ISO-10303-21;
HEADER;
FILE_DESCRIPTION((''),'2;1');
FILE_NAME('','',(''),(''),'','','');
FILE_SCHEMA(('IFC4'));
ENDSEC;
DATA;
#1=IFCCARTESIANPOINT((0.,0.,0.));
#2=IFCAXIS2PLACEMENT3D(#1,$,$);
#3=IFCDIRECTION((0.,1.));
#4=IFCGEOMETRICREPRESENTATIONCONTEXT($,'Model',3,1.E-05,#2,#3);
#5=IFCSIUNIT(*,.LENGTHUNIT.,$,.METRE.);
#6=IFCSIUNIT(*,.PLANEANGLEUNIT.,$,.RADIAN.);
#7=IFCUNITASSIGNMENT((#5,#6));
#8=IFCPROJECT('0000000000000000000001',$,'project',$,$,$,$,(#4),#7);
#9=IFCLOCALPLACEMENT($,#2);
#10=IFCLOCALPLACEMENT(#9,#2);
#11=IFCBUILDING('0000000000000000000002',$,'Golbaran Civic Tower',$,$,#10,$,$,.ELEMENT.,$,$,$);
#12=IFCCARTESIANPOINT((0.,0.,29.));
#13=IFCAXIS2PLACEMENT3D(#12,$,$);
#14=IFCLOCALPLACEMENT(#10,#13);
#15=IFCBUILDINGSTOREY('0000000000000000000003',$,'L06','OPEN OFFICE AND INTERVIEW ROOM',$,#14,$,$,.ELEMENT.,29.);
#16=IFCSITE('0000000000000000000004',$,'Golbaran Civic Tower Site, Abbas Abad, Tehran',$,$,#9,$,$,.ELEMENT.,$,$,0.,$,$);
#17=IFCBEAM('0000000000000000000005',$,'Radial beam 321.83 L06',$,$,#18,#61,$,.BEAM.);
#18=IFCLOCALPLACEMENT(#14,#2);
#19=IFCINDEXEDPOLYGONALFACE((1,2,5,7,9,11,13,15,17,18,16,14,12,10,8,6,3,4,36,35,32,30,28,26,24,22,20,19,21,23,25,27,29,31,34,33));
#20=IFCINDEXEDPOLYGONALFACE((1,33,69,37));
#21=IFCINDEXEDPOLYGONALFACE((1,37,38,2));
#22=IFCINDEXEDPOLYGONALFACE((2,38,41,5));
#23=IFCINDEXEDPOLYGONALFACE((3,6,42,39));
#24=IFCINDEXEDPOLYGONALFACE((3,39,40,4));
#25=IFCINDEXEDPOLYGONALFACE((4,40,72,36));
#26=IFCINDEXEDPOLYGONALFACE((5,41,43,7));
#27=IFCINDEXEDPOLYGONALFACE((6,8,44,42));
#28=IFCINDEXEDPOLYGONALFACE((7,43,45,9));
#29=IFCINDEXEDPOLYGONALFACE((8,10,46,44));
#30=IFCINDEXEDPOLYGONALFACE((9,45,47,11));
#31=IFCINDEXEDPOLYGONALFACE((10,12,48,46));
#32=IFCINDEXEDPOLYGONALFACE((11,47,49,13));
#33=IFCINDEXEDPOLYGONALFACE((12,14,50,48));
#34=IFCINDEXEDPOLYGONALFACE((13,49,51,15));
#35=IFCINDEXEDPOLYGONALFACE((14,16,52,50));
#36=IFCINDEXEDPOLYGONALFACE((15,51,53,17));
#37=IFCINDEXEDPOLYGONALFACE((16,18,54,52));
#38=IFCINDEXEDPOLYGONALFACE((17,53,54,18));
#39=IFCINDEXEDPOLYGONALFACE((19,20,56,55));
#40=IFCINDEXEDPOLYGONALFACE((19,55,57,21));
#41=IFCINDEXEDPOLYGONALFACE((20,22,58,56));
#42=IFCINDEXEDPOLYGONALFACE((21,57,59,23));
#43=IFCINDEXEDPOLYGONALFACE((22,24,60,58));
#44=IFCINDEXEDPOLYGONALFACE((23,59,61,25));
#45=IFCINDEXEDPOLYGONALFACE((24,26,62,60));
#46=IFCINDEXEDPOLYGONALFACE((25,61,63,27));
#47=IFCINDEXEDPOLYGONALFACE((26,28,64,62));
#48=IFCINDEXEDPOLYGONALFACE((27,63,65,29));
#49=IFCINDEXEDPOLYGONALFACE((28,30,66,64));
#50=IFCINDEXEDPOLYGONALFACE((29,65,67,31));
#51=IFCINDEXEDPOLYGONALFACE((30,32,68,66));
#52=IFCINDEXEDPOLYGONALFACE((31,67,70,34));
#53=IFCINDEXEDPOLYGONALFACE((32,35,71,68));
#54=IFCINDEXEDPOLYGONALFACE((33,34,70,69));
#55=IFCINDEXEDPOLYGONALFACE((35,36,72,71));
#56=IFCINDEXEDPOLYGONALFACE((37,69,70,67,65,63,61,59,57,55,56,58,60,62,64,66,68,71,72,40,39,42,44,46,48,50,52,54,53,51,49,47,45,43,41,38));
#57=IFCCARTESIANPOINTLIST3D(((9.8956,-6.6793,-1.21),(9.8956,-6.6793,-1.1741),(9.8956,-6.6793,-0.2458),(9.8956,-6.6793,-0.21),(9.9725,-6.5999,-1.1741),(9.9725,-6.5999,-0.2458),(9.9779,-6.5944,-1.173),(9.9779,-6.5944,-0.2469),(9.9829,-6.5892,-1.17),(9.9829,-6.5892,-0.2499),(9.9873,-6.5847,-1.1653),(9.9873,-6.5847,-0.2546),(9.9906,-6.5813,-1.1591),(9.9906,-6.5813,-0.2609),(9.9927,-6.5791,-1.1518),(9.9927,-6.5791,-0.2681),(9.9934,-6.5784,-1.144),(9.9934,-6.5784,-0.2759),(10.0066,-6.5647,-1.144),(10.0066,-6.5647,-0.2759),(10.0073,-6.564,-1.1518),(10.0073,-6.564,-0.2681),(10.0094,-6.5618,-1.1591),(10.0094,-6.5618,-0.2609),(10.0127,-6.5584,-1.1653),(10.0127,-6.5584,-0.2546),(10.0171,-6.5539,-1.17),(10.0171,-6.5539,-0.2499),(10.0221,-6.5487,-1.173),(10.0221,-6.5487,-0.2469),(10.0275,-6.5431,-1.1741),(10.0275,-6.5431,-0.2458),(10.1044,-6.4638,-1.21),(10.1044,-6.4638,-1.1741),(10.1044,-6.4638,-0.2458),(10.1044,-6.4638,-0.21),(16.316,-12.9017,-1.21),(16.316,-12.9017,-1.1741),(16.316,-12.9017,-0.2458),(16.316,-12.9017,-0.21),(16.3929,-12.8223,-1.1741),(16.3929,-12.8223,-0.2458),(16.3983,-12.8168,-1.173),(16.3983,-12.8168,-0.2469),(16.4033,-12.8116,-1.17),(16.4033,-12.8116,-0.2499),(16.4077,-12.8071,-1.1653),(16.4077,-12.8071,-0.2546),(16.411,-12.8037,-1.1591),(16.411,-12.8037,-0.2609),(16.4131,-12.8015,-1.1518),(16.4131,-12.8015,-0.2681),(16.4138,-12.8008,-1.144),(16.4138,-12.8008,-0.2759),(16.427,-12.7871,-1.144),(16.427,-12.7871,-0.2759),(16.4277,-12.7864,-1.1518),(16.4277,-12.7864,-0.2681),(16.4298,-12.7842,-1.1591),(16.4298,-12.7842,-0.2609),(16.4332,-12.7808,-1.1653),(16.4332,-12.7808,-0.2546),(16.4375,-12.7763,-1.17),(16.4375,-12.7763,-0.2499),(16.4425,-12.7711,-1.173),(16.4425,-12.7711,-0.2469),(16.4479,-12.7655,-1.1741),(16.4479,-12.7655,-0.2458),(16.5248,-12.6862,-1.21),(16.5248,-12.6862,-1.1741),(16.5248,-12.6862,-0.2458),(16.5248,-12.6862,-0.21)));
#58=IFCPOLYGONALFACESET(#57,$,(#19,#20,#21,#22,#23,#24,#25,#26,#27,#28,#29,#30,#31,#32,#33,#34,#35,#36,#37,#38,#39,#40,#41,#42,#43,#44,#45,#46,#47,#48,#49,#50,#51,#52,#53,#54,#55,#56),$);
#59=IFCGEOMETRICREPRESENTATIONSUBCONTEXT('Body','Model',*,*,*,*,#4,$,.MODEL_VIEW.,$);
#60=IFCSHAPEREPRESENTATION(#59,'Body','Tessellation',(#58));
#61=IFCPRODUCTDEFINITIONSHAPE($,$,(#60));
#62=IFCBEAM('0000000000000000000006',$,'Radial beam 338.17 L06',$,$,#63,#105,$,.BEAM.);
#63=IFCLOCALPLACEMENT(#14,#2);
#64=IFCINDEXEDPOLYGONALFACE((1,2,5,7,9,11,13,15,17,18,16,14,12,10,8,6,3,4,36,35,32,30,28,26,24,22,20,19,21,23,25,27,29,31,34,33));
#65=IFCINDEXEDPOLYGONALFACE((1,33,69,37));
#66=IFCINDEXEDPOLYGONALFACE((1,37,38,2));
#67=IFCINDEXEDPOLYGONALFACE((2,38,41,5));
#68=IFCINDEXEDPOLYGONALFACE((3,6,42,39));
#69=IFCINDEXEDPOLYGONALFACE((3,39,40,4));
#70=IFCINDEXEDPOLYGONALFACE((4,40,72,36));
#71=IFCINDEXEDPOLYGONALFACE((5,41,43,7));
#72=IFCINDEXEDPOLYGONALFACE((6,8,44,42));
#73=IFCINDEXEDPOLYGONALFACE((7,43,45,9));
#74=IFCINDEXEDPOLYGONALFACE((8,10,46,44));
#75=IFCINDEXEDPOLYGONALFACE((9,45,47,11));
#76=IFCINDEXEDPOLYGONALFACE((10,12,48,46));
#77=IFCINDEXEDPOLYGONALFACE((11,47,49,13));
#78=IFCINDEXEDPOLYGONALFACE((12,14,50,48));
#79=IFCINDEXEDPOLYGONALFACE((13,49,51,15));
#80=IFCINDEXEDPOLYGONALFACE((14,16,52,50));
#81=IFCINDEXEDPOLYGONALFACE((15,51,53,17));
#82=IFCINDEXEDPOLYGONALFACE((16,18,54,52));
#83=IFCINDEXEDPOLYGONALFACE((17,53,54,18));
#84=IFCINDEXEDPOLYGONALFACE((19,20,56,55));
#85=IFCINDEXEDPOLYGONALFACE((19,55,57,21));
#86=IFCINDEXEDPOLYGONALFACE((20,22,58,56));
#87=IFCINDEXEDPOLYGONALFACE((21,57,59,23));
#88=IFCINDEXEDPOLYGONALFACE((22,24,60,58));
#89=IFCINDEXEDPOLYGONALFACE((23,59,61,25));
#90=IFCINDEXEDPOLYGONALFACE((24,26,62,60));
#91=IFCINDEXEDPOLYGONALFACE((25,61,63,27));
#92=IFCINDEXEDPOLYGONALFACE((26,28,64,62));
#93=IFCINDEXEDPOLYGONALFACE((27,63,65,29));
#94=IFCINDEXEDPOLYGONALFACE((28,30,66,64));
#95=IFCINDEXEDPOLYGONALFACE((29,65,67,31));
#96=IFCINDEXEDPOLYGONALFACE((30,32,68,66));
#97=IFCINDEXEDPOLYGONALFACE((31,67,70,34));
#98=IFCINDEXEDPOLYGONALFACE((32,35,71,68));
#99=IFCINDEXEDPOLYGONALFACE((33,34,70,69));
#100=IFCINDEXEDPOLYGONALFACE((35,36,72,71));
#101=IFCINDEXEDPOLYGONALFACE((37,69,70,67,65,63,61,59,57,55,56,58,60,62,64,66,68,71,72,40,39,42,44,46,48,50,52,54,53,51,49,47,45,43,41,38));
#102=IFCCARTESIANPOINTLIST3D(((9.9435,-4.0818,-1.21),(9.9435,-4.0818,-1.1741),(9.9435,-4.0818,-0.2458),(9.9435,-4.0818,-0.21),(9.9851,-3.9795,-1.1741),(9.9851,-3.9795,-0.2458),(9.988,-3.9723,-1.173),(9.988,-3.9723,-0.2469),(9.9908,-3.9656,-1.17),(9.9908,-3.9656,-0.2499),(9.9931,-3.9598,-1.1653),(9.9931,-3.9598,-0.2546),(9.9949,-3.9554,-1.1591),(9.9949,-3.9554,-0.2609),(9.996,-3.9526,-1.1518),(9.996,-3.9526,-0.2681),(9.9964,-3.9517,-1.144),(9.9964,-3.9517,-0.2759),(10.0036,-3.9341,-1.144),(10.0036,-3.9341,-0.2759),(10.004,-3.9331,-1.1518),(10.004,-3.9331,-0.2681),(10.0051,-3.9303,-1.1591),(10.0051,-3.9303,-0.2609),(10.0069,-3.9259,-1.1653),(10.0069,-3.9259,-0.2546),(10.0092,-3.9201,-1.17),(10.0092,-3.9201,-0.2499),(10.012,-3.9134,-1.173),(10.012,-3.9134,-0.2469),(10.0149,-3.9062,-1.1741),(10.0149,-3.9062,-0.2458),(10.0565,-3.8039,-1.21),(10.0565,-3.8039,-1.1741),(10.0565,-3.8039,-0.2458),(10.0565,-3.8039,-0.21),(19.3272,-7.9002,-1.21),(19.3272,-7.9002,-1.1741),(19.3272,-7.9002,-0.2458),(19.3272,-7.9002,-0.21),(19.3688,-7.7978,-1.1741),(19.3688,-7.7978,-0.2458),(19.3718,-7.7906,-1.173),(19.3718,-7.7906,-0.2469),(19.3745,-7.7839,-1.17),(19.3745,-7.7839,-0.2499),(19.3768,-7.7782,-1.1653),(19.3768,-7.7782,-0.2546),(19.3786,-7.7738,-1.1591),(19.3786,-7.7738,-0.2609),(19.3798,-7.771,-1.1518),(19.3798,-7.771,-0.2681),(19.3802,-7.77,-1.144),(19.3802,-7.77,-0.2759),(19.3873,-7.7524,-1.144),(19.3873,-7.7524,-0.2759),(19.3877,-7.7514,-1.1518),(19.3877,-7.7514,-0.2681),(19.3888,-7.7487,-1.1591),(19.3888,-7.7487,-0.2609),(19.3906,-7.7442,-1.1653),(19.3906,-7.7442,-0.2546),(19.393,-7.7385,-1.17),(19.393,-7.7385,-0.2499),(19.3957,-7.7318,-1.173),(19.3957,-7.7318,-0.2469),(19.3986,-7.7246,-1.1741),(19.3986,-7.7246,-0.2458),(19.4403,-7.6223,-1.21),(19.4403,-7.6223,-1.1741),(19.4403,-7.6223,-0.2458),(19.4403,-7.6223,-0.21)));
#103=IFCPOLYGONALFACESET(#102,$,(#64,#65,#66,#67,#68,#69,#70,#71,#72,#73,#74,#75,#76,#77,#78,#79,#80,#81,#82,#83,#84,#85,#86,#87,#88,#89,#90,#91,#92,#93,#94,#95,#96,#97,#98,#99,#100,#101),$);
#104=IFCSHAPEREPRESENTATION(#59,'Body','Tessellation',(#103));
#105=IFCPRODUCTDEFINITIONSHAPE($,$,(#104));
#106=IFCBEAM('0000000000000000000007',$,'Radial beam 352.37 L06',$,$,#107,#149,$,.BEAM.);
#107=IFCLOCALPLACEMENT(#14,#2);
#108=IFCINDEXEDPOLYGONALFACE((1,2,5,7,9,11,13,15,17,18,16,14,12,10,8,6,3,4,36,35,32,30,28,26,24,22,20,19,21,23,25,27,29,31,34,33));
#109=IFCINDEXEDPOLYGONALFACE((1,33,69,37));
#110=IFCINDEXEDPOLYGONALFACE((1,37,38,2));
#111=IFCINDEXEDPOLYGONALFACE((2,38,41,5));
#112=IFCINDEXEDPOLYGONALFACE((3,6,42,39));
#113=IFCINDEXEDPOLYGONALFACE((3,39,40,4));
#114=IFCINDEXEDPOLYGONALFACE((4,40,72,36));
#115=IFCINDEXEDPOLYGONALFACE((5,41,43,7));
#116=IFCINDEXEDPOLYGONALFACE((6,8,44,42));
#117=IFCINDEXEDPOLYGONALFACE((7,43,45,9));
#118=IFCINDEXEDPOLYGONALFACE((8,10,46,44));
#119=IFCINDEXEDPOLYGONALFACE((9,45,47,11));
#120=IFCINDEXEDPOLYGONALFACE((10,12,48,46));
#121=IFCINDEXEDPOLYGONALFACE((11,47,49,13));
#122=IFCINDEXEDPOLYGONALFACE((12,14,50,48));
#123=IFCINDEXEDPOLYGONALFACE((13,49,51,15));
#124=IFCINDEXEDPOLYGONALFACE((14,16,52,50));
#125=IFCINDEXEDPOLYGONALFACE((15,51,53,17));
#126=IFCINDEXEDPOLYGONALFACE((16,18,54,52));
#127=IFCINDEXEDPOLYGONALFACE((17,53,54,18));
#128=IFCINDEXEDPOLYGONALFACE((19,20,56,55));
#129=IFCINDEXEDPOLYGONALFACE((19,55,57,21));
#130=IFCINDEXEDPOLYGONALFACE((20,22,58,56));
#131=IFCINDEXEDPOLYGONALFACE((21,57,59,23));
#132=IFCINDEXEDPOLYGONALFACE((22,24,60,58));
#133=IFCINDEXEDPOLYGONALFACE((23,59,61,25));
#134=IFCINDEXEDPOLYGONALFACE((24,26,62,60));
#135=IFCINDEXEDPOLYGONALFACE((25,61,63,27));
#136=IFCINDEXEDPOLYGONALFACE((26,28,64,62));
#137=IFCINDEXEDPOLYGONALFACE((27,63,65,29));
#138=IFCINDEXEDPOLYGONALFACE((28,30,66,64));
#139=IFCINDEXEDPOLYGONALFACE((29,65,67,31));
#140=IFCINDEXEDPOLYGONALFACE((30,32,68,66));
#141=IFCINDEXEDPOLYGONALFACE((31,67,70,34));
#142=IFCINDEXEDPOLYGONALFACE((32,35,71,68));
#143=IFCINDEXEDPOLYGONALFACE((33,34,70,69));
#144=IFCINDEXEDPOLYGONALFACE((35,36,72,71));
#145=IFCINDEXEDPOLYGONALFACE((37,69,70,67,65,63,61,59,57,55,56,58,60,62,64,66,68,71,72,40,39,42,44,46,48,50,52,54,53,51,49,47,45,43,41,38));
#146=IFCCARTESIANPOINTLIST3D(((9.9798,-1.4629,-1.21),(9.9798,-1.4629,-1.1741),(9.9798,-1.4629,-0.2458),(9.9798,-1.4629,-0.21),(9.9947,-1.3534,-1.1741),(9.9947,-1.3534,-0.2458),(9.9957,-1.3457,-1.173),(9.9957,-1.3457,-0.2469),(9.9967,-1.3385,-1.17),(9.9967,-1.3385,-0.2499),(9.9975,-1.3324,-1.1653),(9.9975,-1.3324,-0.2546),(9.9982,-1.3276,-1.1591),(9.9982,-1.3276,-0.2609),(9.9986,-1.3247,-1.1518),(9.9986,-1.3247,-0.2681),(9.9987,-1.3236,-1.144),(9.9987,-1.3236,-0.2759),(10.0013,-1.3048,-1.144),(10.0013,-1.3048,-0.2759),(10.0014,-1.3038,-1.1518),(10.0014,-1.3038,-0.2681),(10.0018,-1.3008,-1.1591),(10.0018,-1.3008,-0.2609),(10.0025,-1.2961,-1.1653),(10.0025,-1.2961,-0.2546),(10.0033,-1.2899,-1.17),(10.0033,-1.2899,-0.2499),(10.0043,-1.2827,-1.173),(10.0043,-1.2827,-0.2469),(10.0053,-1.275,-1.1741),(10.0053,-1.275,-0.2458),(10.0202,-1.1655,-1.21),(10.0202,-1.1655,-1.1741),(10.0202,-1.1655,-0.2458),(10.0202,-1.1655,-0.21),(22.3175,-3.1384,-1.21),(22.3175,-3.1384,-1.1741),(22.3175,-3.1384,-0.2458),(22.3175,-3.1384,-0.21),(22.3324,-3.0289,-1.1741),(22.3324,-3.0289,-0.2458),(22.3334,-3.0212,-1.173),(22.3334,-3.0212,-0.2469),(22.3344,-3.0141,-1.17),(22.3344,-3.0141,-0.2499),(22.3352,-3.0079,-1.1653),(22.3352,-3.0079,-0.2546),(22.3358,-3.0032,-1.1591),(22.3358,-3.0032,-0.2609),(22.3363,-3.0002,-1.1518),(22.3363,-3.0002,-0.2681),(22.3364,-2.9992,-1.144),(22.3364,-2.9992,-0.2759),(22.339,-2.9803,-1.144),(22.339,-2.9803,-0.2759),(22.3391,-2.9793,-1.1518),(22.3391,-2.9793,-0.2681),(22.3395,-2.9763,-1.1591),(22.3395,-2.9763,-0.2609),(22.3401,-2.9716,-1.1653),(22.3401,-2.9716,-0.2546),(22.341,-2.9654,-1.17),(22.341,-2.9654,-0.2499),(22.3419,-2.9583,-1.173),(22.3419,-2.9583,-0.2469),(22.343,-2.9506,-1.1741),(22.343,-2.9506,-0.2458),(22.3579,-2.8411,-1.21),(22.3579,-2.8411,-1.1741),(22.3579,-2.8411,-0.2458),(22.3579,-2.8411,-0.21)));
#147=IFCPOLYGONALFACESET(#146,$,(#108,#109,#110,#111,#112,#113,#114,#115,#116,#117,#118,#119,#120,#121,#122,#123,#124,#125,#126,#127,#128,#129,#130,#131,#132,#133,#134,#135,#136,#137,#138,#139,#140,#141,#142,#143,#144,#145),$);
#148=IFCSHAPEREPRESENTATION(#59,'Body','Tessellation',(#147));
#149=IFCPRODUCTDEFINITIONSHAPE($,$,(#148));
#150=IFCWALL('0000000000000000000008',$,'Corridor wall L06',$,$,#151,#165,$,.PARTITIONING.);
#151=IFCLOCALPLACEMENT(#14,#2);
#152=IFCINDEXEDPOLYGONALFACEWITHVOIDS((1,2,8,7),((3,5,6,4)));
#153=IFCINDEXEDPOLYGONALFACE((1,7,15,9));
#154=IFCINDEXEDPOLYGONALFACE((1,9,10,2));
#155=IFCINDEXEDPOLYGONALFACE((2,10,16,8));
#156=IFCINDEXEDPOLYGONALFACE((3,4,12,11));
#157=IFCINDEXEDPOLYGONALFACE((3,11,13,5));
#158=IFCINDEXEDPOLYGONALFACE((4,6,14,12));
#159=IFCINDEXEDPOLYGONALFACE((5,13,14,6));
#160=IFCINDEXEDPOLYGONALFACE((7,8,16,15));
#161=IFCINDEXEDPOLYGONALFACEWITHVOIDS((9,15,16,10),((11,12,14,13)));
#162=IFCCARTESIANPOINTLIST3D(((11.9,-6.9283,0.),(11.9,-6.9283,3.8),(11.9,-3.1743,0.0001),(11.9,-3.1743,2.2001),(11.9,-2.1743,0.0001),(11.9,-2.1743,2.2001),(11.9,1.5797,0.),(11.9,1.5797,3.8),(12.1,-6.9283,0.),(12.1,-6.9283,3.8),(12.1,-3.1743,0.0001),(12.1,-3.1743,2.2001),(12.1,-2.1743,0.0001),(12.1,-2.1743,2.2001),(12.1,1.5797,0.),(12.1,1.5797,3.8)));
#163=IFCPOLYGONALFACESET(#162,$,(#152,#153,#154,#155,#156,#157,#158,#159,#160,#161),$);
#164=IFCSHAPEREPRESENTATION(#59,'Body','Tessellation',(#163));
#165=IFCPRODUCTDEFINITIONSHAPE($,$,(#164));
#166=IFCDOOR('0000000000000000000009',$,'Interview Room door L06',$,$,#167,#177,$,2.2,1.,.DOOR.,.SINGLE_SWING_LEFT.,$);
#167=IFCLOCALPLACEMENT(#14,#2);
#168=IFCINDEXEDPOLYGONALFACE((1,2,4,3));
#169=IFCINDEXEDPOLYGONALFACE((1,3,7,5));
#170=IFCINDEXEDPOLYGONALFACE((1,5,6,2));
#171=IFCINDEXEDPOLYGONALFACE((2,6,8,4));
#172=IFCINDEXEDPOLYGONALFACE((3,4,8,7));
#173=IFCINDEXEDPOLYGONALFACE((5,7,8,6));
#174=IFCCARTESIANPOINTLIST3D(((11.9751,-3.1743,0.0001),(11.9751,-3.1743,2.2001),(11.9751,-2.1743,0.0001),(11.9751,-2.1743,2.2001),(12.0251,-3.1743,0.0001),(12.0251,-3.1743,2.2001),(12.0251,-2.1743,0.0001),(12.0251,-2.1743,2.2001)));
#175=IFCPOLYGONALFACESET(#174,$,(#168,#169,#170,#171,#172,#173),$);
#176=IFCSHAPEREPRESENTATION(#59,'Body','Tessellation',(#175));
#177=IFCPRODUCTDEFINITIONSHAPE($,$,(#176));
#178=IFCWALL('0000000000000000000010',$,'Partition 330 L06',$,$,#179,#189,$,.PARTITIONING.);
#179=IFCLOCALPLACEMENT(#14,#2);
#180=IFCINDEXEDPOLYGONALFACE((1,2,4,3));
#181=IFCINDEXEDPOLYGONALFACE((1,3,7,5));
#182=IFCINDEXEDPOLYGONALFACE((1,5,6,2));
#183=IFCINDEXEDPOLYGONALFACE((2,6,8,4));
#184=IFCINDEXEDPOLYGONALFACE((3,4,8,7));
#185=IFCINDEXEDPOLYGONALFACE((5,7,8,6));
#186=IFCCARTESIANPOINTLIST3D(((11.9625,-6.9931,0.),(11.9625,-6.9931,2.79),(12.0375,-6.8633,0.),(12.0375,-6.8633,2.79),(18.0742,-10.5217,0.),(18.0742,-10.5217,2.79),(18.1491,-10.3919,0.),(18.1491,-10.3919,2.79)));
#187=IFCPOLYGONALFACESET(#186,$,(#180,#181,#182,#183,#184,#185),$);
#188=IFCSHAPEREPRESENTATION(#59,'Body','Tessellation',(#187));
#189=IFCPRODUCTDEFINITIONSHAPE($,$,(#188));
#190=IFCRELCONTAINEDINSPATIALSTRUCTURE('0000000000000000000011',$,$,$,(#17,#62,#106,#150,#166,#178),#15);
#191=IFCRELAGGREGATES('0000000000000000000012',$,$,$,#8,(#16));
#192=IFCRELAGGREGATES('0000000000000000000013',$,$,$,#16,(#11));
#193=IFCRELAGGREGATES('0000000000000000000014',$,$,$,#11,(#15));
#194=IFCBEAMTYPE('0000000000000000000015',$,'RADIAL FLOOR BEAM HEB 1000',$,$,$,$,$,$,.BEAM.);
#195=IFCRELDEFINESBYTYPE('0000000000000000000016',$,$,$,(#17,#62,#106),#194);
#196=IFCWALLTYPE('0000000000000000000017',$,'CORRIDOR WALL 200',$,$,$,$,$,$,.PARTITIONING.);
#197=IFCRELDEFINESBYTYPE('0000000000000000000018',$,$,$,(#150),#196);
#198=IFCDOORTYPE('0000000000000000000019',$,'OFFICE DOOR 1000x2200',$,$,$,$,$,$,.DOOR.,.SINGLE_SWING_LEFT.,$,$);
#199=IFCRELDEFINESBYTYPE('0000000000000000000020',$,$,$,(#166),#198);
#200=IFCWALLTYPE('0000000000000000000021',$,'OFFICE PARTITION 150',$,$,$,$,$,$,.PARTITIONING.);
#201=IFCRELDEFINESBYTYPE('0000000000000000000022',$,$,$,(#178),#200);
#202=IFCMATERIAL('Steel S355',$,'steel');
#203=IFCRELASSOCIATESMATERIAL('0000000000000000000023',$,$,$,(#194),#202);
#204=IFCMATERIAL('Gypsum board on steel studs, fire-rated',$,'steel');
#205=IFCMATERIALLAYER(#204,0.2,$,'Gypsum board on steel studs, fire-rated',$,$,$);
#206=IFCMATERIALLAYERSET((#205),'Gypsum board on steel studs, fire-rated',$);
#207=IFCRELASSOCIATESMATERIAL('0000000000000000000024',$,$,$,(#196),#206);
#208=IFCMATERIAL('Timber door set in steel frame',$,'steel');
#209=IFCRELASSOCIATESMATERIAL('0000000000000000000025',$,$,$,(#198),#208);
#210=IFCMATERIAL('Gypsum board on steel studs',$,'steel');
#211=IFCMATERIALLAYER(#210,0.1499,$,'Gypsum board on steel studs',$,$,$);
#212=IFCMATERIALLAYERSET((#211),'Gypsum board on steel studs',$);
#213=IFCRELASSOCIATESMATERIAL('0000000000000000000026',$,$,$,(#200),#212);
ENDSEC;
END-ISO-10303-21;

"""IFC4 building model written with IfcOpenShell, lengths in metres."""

from ifc_helpers import new_model, si_unit, direction, frame, frame_2d, origin, origin_2d, place, context, subcontext, project, spatial, rectangle, i_section, extrude, material, layer, layer_set, material_profile, profile_set, type_object, element, fill, save


model = new_model("IFC4")

# Units and contexts
model_context = context("Model", 3, precision=1e-05, world=origin(), true_north=direction((0.0, 1.0)))
body_context = subcontext(model_context, "Body", "Model", "MODEL_VIEW")
ifc_project = project(units=[si_unit("LENGTHUNIT", "METRE"), si_unit("PLANEANGLEUNIT", "RADIAN")], contexts=[model_context])

# Site, building, storey
site_placement = place(None, origin())
site = spatial("IfcSite", under=ifc_project, at=site_placement, Name="Golbaran Civic Tower Site, Abbas Abad, Tehran", CompositionType="ELEMENT", RefElevation=0.0)
building_placement = place(site_placement, origin())
building = spatial("IfcBuilding", under=site, at=building_placement, Name="Golbaran Civic Tower", CompositionType="ELEMENT")
storey_placement = place(building_placement, frame((0.0, 0.0, 29.0)))
storey = spatial("IfcBuildingStorey", under=building, at=storey_placement, Name="L06", Description="OPEN OFFICE AND INTERVIEW ROOM", CompositionType="ELEMENT", Elevation=29.0)

# Beams
ifc_material_1 = material(Name="Steel S355", Category="steel")
ifc_material_profile = material_profile(ifc_material_1, i_section(OverallWidth=0.3, OverallDepth=1.0, WebThickness=0.019, FlangeThickness=0.0359, FilletRadius=0.03, at=origin_2d()), Name="HEB 1000")
ifc_profile_set = profile_set([ifc_material_profile], Name="Steel S355")
beam_type = type_object("IfcBeamType", Name="RADIAL FLOOR BEAM HEB 1000", PredefinedType="BEAM", material=ifc_profile_set)
beam_1_placement = place(storey_placement, frame((10.0, -6.5715, -0.71), z_axis=(0.718093, -0.695948, 0.0), x_axis=(0.695948, 0.718093, 0.0)))
element("IfcBeam", 1, at=beam_1_placement, inside=storey, type_object=beam_type, Name="Radial beam 321.83 L06", PredefinedType="BEAM", context=body_context, shape_type="SweptSolid", body=[
    extrude(i_section(OverallWidth=0.3, OverallDepth=1.0, WebThickness=0.019, FlangeThickness=0.0359, FilletRadius=0.03, at=origin_2d()), origin(), (0.0, 0.0, 1.0), 8.9409),
])
beam_2_placement = place(storey_placement, frame((10.0, -3.9429, -0.71), z_axis=(0.926253, -0.376902, 0.0), x_axis=(0.376902, 0.926253, 0.0)))
element("IfcBeam", 2, at=beam_2_placement, inside=storey, type_object=beam_type, Name="Radial beam 338.17 L06", PredefinedType="BEAM", context=body_context, shape_type="SweptSolid", body=[
    extrude(i_section(OverallWidth=0.3, OverallDepth=1.0, WebThickness=0.019, FlangeThickness=0.0359, FilletRadius=0.03, at=origin_2d()), origin(), (0.0, 0.0, 1.0), 10.1309),
])
beam_3_placement = place(storey_placement, frame((10.0, -1.3142, -0.71), z_axis=(0.990904, -0.134572, 0.0), x_axis=(0.134572, 0.990904, 0.0)))
element("IfcBeam", 3, at=beam_3_placement, inside=storey, type_object=beam_type, Name="Radial beam 352.37 L06", PredefinedType="BEAM", context=body_context, shape_type="SweptSolid", body=[
    extrude(i_section(OverallWidth=0.3, OverallDepth=1.0, WebThickness=0.019, FlangeThickness=0.0359, FilletRadius=0.03, at=origin_2d()), origin(), (0.0, 0.0, 1.0), 12.4509),
])

# Wall, opening, door
ifc_material_2 = material(Name="Gypsum board on steel studs, fire-rated", Category="steel")
ifc_layer_1 = layer(ifc_material_2, 0.2, Name="Gypsum board on steel studs, fire-rated")
ifc_layer_set_1 = layer_set([ifc_layer_1], Name="Gypsum board on steel studs, fire-rated")
wall_type_1 = type_object("IfcWallType", Name="CORRIDOR WALL 200", PredefinedType="PARTITIONING", material=ifc_layer_set_1)
wall_1_placement = place(storey_placement, frame((12.0, -6.9282, 0.0), z_axis=(0.0, 0.0, 1.0), x_axis=(0.0, 1.0, 0.0)))
wall_1 = element("IfcWall", 4, at=wall_1_placement, inside=storey, type_object=wall_type_1, Name="Corridor wall L06", PredefinedType="PARTITIONING", context=body_context, shape_type="SweptSolid", body=[
    extrude(rectangle(XDim=8.5081, YDim=0.2, at=frame_2d((4.2539, 0.0))), origin(), (0.0, 0.0, 1.0), 3.8),
])
opening_1_placement = place(wall_1_placement, frame((3.7539, 0.0, 0.0)))
opening_1 = element("IfcOpeningElement", 5, at=opening_1_placement, cuts=wall_1, PredefinedType="OPENING", context=body_context, shape_type="SweptSolid", body=[
    extrude(rectangle(XDim=1.0, YDim=2.2, at=frame_2d((0.5, 1.1001))), frame((0.0, 0.1099, 0.0), z_axis=(0.0, -1.0, 0.0), x_axis=(1.0, 0.0, 0.0)), (0.0, 0.0, 1.0), 0.22),
])
ifc_material_3 = material(Name="Timber door set in steel frame", Category="steel")
door_type_1 = type_object("IfcDoorType", Name="OFFICE DOOR 1000x2200", OperationType="SINGLE_SWING_LEFT", PredefinedType="DOOR", material=ifc_material_3)
door_1_placement = place(opening_1_placement, origin())
door_1 = element("IfcDoor", 6, at=door_1_placement, inside=storey, type_object=door_type_1, Name="Interview Room door L06", OperationType="SINGLE_SWING_LEFT", OverallHeight=2.2, OverallWidth=1.0, PredefinedType="DOOR", context=body_context, shape_type="SweptSolid", body=[
    extrude(rectangle(XDim=1.0, YDim=2.2, at=frame_2d((0.5, 1.1001))), frame((0.0, 0.0249, 0.0), z_axis=(0.0, -1.0, 0.0), x_axis=(1.0, 0.0, 0.0)), (0.0, 0.0, 1.0), 0.05),
])
fill(opening_1, door_1)

# Wall
ifc_material_4 = material(Name="Gypsum board on steel studs", Category="steel")
ifc_layer_2 = layer(ifc_material_4, 0.1499, Name="Gypsum board on steel studs")
ifc_layer_set_2 = layer_set([ifc_layer_2], Name="Gypsum board on steel studs")
wall_type_2 = type_object("IfcWallType", Name="OFFICE PARTITION 150", PredefinedType="PARTITIONING", material=ifc_layer_set_2)
wall_2_placement = place(storey_placement, frame((12.0, -6.9282, 0.0), z_axis=(0.0, 0.0, 1.0), x_axis=(0.866023, -0.500005, 0.0)))
element("IfcWall", 7, at=wall_2_placement, inside=storey, type_object=wall_type_2, Name="Partition 330 L06", PredefinedType="PARTITIONING", context=body_context, shape_type="SweptSolid", body=[
    extrude(rectangle(XDim=7.0571, YDim=0.1499, at=frame_2d((3.5286, 0.0))), origin(), (0.0, 0.0, 1.0), 2.79),
])

save(model, "model.ifc")
